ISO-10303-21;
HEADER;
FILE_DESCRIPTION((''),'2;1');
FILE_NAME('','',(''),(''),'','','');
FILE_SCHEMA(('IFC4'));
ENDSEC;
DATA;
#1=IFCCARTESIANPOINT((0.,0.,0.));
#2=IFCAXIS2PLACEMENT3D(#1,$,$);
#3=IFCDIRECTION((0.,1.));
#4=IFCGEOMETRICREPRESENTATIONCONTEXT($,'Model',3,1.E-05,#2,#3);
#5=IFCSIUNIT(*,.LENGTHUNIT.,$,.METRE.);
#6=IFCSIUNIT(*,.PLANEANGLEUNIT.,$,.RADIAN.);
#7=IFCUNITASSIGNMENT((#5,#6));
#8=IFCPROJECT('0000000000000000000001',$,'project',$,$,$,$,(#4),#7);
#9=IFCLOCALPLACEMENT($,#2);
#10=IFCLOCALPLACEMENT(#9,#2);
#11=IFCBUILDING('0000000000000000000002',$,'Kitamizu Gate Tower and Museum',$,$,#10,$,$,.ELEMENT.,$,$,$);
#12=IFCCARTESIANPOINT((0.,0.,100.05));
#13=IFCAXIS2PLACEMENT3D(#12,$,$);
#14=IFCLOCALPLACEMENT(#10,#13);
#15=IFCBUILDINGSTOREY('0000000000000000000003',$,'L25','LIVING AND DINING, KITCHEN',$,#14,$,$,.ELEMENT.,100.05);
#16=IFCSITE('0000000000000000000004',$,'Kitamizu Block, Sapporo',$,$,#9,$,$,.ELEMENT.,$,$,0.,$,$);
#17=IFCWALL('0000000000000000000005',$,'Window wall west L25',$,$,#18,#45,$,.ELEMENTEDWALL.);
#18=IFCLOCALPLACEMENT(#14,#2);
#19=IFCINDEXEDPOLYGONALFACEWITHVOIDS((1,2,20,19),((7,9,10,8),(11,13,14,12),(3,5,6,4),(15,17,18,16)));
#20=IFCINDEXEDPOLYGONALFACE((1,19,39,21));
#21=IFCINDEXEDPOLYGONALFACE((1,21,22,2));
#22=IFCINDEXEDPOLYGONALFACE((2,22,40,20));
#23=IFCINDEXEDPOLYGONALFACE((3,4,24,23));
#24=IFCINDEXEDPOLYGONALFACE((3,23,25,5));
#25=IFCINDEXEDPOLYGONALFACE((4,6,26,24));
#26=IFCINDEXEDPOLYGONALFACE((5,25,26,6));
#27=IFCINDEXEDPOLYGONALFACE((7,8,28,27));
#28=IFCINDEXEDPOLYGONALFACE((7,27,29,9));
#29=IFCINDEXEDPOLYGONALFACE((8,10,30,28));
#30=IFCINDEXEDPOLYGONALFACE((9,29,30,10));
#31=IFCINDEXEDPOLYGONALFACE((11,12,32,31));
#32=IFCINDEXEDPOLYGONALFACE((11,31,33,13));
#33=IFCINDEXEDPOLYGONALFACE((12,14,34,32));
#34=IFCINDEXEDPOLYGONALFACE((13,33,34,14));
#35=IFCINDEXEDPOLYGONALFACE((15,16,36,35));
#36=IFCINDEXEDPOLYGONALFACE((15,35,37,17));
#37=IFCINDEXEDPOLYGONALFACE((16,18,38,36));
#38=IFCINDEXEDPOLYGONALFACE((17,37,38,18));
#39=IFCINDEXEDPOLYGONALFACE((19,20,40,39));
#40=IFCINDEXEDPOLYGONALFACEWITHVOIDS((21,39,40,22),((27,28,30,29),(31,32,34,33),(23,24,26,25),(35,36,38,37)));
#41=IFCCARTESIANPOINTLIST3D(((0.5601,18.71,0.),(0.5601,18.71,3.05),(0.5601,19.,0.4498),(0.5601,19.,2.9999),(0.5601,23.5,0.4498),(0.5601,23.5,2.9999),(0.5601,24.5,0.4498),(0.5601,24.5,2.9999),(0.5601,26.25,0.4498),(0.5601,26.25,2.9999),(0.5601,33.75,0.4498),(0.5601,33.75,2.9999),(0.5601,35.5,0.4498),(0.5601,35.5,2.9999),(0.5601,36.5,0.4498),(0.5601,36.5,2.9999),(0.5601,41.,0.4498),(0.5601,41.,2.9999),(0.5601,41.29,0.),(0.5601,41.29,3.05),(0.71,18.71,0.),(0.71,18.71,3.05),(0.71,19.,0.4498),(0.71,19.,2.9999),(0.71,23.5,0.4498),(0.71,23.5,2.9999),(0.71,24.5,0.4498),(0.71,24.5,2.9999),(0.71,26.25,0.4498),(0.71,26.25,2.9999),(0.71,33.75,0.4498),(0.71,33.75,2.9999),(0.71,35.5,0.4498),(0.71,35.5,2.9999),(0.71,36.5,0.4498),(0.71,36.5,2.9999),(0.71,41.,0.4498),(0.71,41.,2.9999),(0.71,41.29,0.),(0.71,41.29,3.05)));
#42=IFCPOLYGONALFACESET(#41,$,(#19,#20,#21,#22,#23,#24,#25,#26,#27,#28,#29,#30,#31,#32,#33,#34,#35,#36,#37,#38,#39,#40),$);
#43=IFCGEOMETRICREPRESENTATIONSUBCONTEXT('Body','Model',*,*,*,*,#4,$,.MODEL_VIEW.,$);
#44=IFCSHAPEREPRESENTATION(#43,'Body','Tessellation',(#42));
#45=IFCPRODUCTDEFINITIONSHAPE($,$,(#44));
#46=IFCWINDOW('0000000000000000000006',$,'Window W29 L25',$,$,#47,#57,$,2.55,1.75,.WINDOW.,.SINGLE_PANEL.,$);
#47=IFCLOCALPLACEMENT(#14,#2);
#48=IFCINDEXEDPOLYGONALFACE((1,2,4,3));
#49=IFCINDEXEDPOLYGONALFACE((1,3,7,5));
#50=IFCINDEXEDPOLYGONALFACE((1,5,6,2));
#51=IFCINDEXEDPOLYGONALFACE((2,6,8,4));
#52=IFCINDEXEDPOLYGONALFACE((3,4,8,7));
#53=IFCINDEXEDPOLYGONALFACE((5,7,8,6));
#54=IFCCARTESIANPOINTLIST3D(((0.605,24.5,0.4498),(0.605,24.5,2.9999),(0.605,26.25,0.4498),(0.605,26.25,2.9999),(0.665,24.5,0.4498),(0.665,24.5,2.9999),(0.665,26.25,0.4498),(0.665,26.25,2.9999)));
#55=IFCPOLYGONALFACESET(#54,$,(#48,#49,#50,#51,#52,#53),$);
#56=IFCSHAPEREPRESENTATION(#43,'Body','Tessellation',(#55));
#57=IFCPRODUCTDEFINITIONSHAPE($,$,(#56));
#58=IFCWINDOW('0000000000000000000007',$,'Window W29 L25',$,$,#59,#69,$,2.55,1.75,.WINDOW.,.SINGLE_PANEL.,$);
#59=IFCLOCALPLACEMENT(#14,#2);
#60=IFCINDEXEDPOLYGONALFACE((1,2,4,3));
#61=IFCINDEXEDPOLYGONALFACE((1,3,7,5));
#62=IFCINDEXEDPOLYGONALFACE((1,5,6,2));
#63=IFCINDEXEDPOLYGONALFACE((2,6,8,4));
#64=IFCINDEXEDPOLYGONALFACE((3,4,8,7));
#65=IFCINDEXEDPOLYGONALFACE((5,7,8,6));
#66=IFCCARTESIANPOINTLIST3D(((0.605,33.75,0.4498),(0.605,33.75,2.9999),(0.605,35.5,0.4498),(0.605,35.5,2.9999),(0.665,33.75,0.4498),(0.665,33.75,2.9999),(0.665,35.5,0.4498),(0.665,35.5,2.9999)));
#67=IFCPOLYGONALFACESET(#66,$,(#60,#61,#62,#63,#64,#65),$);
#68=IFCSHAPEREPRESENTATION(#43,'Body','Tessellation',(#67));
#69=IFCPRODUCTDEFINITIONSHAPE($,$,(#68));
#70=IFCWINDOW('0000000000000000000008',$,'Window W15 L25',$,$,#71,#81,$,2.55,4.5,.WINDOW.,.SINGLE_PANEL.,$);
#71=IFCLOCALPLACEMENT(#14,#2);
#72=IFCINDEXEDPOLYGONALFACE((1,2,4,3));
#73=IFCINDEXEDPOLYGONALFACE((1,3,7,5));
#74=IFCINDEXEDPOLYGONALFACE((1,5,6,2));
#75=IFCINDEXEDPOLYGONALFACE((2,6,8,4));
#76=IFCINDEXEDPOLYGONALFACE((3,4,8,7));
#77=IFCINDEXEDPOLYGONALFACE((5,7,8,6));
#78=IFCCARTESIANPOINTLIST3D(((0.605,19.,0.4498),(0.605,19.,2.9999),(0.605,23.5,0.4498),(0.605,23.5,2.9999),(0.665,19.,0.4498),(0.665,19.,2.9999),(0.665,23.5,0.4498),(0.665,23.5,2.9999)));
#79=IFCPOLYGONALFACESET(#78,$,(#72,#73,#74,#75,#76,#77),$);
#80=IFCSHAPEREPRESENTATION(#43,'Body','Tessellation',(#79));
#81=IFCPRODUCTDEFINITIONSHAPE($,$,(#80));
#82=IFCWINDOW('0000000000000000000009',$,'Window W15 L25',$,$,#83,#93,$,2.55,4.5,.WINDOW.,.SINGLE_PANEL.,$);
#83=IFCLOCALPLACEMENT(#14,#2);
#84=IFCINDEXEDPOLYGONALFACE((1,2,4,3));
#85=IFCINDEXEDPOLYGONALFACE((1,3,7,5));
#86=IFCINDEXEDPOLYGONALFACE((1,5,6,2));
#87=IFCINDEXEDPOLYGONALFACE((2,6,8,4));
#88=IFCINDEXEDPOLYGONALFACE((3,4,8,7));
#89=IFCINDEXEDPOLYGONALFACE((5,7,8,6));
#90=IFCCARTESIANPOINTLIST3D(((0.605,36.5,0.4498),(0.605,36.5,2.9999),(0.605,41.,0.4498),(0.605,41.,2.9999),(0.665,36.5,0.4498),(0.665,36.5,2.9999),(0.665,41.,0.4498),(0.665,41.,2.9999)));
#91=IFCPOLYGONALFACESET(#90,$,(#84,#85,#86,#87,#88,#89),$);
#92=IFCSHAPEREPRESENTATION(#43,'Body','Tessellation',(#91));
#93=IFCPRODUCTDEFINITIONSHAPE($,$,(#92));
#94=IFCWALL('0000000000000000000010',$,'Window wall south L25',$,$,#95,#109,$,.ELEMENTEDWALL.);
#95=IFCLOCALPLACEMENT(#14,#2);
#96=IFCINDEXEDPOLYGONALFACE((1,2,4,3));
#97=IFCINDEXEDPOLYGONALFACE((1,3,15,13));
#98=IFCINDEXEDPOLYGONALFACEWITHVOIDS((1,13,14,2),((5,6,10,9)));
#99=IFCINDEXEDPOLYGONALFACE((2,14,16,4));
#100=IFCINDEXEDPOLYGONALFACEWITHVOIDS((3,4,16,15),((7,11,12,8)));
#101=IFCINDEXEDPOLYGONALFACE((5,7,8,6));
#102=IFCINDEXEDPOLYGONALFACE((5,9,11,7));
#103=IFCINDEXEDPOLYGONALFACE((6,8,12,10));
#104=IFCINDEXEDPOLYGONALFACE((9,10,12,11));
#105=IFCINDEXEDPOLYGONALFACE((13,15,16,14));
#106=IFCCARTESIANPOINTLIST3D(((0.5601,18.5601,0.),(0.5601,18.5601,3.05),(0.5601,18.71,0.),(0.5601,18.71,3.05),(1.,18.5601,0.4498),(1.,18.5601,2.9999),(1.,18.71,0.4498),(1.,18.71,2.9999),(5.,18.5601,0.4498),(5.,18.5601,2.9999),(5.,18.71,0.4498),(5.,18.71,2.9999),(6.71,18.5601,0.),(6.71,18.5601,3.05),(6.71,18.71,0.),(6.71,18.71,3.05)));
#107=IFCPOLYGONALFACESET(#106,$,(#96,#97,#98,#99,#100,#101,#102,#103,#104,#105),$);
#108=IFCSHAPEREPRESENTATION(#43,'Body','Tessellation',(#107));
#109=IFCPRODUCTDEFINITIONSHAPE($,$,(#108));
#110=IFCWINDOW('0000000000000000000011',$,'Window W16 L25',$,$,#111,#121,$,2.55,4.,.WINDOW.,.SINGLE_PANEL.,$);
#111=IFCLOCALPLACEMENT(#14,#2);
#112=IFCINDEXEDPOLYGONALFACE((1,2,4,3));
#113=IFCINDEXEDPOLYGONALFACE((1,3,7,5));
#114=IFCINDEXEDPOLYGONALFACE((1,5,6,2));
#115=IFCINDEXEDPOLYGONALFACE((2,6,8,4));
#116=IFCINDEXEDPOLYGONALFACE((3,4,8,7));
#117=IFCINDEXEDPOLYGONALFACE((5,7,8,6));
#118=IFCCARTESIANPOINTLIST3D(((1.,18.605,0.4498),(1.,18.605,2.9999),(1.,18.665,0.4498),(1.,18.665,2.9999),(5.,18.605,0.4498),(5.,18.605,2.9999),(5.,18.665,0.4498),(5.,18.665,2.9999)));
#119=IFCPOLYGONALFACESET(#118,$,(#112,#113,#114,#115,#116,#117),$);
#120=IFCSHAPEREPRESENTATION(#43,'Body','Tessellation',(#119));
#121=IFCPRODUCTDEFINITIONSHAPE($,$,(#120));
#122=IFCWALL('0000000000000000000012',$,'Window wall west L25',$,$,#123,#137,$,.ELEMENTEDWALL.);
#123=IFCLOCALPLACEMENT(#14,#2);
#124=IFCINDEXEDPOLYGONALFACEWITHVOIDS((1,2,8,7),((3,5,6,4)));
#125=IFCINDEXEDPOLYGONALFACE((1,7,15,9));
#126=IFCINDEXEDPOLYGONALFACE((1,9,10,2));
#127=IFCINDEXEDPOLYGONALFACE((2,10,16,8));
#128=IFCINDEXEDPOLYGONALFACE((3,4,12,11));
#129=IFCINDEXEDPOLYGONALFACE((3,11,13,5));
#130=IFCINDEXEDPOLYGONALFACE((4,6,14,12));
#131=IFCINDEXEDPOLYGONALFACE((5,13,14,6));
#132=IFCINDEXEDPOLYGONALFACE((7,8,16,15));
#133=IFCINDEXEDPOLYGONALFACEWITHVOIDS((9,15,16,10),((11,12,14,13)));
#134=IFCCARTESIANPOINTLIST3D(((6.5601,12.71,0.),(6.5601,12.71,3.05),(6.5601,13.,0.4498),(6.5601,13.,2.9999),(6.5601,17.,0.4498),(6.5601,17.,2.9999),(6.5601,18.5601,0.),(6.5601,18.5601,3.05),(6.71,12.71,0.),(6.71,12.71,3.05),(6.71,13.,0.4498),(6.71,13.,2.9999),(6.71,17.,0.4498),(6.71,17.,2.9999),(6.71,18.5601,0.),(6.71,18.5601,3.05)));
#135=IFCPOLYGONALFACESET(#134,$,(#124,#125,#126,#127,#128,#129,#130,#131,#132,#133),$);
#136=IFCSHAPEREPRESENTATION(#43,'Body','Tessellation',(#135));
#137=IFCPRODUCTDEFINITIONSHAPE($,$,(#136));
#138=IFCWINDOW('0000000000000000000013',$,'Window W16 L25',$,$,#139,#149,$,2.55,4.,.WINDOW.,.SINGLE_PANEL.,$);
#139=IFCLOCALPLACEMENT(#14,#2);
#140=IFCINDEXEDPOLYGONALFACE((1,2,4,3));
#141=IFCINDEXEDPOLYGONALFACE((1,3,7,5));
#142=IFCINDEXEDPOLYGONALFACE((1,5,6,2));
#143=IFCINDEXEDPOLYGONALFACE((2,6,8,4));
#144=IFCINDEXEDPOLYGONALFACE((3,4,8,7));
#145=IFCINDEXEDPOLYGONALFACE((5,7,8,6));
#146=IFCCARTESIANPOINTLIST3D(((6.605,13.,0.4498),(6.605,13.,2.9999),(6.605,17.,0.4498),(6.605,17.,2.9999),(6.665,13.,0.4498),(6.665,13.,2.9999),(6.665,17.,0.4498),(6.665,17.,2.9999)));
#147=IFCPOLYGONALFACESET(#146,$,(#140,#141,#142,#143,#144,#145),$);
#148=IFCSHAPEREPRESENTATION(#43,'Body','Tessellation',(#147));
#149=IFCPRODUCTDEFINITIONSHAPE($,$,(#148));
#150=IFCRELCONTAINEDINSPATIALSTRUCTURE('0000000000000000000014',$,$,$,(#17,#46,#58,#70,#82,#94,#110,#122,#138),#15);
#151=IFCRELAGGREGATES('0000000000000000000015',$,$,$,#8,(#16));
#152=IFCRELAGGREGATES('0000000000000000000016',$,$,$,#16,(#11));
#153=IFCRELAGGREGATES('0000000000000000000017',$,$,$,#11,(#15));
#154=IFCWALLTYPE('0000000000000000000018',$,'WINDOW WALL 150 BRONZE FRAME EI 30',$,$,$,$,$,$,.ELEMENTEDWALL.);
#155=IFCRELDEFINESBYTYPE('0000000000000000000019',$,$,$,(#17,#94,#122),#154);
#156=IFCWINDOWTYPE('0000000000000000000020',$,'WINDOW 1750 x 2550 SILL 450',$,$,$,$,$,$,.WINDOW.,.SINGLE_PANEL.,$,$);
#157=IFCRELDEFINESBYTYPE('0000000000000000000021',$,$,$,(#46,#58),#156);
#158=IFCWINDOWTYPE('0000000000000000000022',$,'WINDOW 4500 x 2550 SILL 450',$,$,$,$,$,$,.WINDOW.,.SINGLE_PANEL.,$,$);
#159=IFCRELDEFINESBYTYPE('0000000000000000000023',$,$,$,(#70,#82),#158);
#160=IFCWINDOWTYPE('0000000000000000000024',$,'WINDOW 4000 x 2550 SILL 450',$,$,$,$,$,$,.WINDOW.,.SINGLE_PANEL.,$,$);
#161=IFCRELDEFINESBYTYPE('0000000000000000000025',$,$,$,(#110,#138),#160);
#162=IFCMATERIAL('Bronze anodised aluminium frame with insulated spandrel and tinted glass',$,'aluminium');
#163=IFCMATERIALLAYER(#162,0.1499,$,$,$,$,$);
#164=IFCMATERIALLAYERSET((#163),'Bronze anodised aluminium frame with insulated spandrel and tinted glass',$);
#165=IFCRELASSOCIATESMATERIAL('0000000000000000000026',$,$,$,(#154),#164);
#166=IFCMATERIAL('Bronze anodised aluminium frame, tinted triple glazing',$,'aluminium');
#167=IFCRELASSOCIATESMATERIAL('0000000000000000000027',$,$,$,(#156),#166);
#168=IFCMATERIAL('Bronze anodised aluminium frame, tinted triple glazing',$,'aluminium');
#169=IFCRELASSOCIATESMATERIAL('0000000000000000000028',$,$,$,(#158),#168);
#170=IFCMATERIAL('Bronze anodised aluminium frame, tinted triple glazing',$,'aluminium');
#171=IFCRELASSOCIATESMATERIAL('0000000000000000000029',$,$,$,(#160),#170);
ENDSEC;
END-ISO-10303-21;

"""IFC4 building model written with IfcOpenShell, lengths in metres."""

from ifc_helpers import new_model, si_unit, direction, frame, frame_2d, origin, place, context, subcontext, project, spatial, rectangle, extrude, material, layer, layer_set, type_object, element, fill, save


model = new_model("IFC4")

# Units and contexts
model_context = context("Model", 3, precision=1e-05, world=origin(), true_north=direction((0.0, 1.0)))
body_context = subcontext(model_context, "Body", "Model", "MODEL_VIEW")
ifc_project = project(units=[si_unit("LENGTHUNIT", "METRE"), si_unit("PLANEANGLEUNIT", "RADIAN")], contexts=[model_context])

# Site, building, storey
site_placement = place(None, origin())
site = spatial("IfcSite", under=ifc_project, at=site_placement, Name="Kitamizu Block, Sapporo", CompositionType="ELEMENT", RefElevation=0.0)
building_placement = place(site_placement, origin())
building = spatial("IfcBuilding", under=site, at=building_placement, Name="Kitamizu Gate Tower and Museum", CompositionType="ELEMENT")
storey_placement = place(building_placement, frame((0.0, 0.0, 100.05)))
storey = spatial("IfcBuildingStorey", under=building, at=storey_placement, Name="L25", Description="LIVING AND DINING, KITCHEN", CompositionType="ELEMENT", Elevation=100.05)

# Wall, openings, windows
ifc_material_1 = material(Name="Bronze anodised aluminium frame with insulated spandrel and tinted glass", Category="aluminium")
ifc_layer = layer(ifc_material_1, 0.1499)
ifc_layer_set = layer_set([ifc_layer], Name="Bronze anodised aluminium frame with insulated spandrel and tinted glass")
wall_type = type_object("IfcWallType", Name="WINDOW WALL 150 BRONZE FRAME EI 30", PredefinedType="ELEMENTEDWALL", material=ifc_layer_set)
ifc_material_2 = material(Name="Bronze anodised aluminium frame, tinted triple glazing", Category="aluminium")
window_type_1 = type_object("IfcWindowType", Name="WINDOW 1750 x 2550 SILL 450", PartitioningType="SINGLE_PANEL", PredefinedType="WINDOW", material=ifc_material_2)
ifc_material_3 = material(Name="Bronze anodised aluminium frame, tinted triple glazing", Category="aluminium")
window_type_2 = type_object("IfcWindowType", Name="WINDOW 4500 x 2550 SILL 450", PartitioningType="SINGLE_PANEL", PredefinedType="WINDOW", material=ifc_material_3)
wall_1_placement = place(storey_placement, frame((0.635, 18.71, 0.0), z_axis=(0.0, 0.0, 1.0), x_axis=(0.0, 1.0, 0.0)))
wall_1 = element("IfcWall", 1, at=wall_1_placement, inside=storey, type_object=wall_type, Name="Window wall west L25", PredefinedType="ELEMENTEDWALL", context=body_context, shape_type="SweptSolid", body=[
    extrude(rectangle(XDim=22.5801, YDim=0.1499, at=frame_2d((11.29, 0.0))), origin(), (0.0, 0.0, 1.0), 3.05),
])
opening_1_placement = place(wall_1_placement, frame((0.29, 0.0, 0.45)))
opening_1 = element("IfcOpeningElement", 2, at=opening_1_placement, cuts=wall_1, PredefinedType="OPENING", context=body_context, shape_type="SweptSolid", body=[
    extrude(rectangle(XDim=4.5, YDim=2.55, at=frame_2d((2.25, 1.2749))), frame((0.0, 0.085, 0.0), z_axis=(0.0, -1.0, 0.0), x_axis=(1.0, 0.0, 0.0)), (0.0, 0.0, 1.0), 0.1699),
])
opening_2_placement = place(wall_1_placement, frame((5.79, 0.0, 0.45)))
opening_2 = element("IfcOpeningElement", 3, at=opening_2_placement, cuts=wall_1, PredefinedType="OPENING", context=body_context, shape_type="SweptSolid", body=[
    extrude(rectangle(XDim=1.75, YDim=2.55, at=frame_2d((0.875, 1.2749))), frame((0.0, 0.085, 0.0), z_axis=(0.0, -1.0, 0.0), x_axis=(1.0, 0.0, 0.0)), (0.0, 0.0, 1.0), 0.1699),
])
opening_3_placement = place(wall_1_placement, frame((15.04, 0.0, 0.45)))
opening_3 = element("IfcOpeningElement", 4, at=opening_3_placement, cuts=wall_1, PredefinedType="OPENING", context=body_context, shape_type="SweptSolid", body=[
    extrude(rectangle(XDim=1.75, YDim=2.55, at=frame_2d((0.875, 1.2749))), frame((0.0, 0.085, 0.0), z_axis=(0.0, -1.0, 0.0), x_axis=(1.0, 0.0, 0.0)), (0.0, 0.0, 1.0), 0.1699),
])
opening_4_placement = place(wall_1_placement, frame((17.79, 0.0, 0.45)))
opening_4 = element("IfcOpeningElement", 5, at=opening_4_placement, cuts=wall_1, PredefinedType="OPENING", context=body_context, shape_type="SweptSolid", body=[
    extrude(rectangle(XDim=4.5, YDim=2.55, at=frame_2d((2.25, 1.2749))), frame((0.0, 0.085, 0.0), z_axis=(0.0, -1.0, 0.0), x_axis=(1.0, 0.0, 0.0)), (0.0, 0.0, 1.0), 0.1699),
])
window_1_placement = place(opening_2_placement, origin())
window_1 = element("IfcWindow", 6, at=window_1_placement, inside=storey, type_object=window_type_1, Name="Window W29 L25", OverallHeight=2.55, OverallWidth=1.75, PartitioningType="SINGLE_PANEL", PredefinedType="WINDOW", context=body_context, shape_type="SweptSolid", body=[
    extrude(rectangle(XDim=1.75, YDim=2.55, at=frame_2d((0.875, 1.2749))), frame((0.0, 0.03, 0.0), z_axis=(0.0, -1.0, 0.0), x_axis=(1.0, 0.0, 0.0)), (0.0, 0.0, 1.0), 0.0601),
])
fill(opening_2, window_1)
window_2_placement = place(opening_3_placement, origin())
window_2 = element("IfcWindow", 7, at=window_2_placement, inside=storey, type_object=window_type_1, Name="Window W29 L25", OverallHeight=2.55, OverallWidth=1.75, PartitioningType="SINGLE_PANEL", PredefinedType="WINDOW", context=body_context, shape_type="SweptSolid", body=[
    extrude(rectangle(XDim=1.75, YDim=2.55, at=frame_2d((0.875, 1.2749))), frame((0.0, 0.03, 0.0), z_axis=(0.0, -1.0, 0.0), x_axis=(1.0, 0.0, 0.0)), (0.0, 0.0, 1.0), 0.0601),
])
fill(opening_3, window_2)
window_3_placement = place(opening_1_placement, origin())
window_3 = element("IfcWindow", 8, at=window_3_placement, inside=storey, type_object=window_type_2, Name="Window W15 L25", OverallHeight=2.55, OverallWidth=4.5, PartitioningType="SINGLE_PANEL", PredefinedType="WINDOW", context=body_context, shape_type="SweptSolid", body=[
    extrude(rectangle(XDim=4.5, YDim=2.55, at=frame_2d((2.25, 1.2749))), frame((0.0, 0.03, 0.0), z_axis=(0.0, -1.0, 0.0), x_axis=(1.0, 0.0, 0.0)), (0.0, 0.0, 1.0), 0.0601),
])
fill(opening_1, window_3)
window_4_placement = place(opening_4_placement, origin())
window_4 = element("IfcWindow", 9, at=window_4_placement, inside=storey, type_object=window_type_2, Name="Window W15 L25", OverallHeight=2.55, OverallWidth=4.5, PartitioningType="SINGLE_PANEL", PredefinedType="WINDOW", context=body_context, shape_type="SweptSolid", body=[
    extrude(rectangle(XDim=4.5, YDim=2.55, at=frame_2d((2.25, 1.2749))), frame((0.0, 0.03, 0.0), z_axis=(0.0, -1.0, 0.0), x_axis=(1.0, 0.0, 0.0)), (0.0, 0.0, 1.0), 0.0601),
])
fill(opening_4, window_4)

# Walls, openings, windows
wall_2_placement = place(storey_placement, frame((0.5601, 18.635, 0.0), z_axis=(0.0, 0.0, 1.0), x_axis=(1.0, 0.0, 0.0)))
wall_2 = element("IfcWall", 10, at=wall_2_placement, inside=storey, type_object=wall_type, Name="Window wall south L25", PredefinedType="ELEMENTEDWALL", context=body_context, shape_type="SweptSolid", body=[
    extrude(rectangle(XDim=6.1499, YDim=0.1499, at=frame_2d((3.075, 0.0))), origin(), (0.0, 0.0, 1.0), 3.05),
])
opening_5_placement = place(wall_2_placement, frame((0.4399, 0.0, 0.45)))
opening_5 = element("IfcOpeningElement", 11, at=opening_5_placement, cuts=wall_2, PredefinedType="OPENING", context=body_context, shape_type="SweptSolid", body=[
    extrude(rectangle(XDim=4.0, YDim=2.55, at=frame_2d((2.0, 1.2749))), frame((0.0, 0.085, 0.0), z_axis=(0.0, -1.0, 0.0), x_axis=(1.0, 0.0, 0.0)), (0.0, 0.0, 1.0), 0.1699),
])
ifc_material_4 = material(Name="Bronze anodised aluminium frame, tinted triple glazing", Category="aluminium")
window_type_3 = type_object("IfcWindowType", Name="WINDOW 4000 x 2550 SILL 450", PartitioningType="SINGLE_PANEL", PredefinedType="WINDOW", material=ifc_material_4)
window_5_placement = place(opening_5_placement, origin())
window_5 = element("IfcWindow", 12, at=window_5_placement, inside=storey, type_object=window_type_3, Name="Window W16 L25", OverallHeight=2.55, OverallWidth=4.0, PartitioningType="SINGLE_PANEL", PredefinedType="WINDOW", context=body_context, shape_type="SweptSolid", body=[
    extrude(rectangle(XDim=4.0, YDim=2.55, at=frame_2d((2.0, 1.2749))), frame((0.0, 0.03, 0.0), z_axis=(0.0, -1.0, 0.0), x_axis=(1.0, 0.0, 0.0)), (0.0, 0.0, 1.0), 0.0601),
])
fill(opening_5, window_5)
wall_3_placement = place(storey_placement, frame((6.635, 12.71, 0.0), z_axis=(0.0, 0.0, 1.0), x_axis=(0.0, 1.0, 0.0)))
wall_3 = element("IfcWall", 13, at=wall_3_placement, inside=storey, type_object=wall_type, Name="Window wall west L25", PredefinedType="ELEMENTEDWALL", context=body_context, shape_type="SweptSolid", body=[
    extrude(rectangle(XDim=5.8501, YDim=0.1499, at=frame_2d((2.925, 0.0))), origin(), (0.0, 0.0, 1.0), 3.05),
])
opening_6_placement = place(wall_3_placement, frame((0.29, 0.0, 0.45)))
opening_6 = element("IfcOpeningElement", 14, at=opening_6_placement, cuts=wall_3, PredefinedType="OPENING", context=body_context, shape_type="SweptSolid", body=[
    extrude(rectangle(XDim=4.0, YDim=2.55, at=frame_2d((2.0, 1.2749))), frame((0.0, 0.085, 0.0), z_axis=(0.0, -1.0, 0.0), x_axis=(1.0, 0.0, 0.0)), (0.0, 0.0, 1.0), 0.1699),
])
window_6_placement = place(opening_6_placement, origin())
window_6 = element("IfcWindow", 15, at=window_6_placement, inside=storey, type_object=window_type_3, Name="Window W16 L25", OverallHeight=2.55, OverallWidth=4.0, PartitioningType="SINGLE_PANEL", PredefinedType="WINDOW", context=body_context, shape_type="SweptSolid", body=[
    extrude(rectangle(XDim=4.0, YDim=2.55, at=frame_2d((2.0, 1.2749))), frame((0.0, 0.03, 0.0), z_axis=(0.0, -1.0, 0.0), x_axis=(1.0, 0.0, 0.0)), (0.0, 0.0, 1.0), 0.0601),
])
fill(opening_6, window_6)

save(model, "model.ifc")
